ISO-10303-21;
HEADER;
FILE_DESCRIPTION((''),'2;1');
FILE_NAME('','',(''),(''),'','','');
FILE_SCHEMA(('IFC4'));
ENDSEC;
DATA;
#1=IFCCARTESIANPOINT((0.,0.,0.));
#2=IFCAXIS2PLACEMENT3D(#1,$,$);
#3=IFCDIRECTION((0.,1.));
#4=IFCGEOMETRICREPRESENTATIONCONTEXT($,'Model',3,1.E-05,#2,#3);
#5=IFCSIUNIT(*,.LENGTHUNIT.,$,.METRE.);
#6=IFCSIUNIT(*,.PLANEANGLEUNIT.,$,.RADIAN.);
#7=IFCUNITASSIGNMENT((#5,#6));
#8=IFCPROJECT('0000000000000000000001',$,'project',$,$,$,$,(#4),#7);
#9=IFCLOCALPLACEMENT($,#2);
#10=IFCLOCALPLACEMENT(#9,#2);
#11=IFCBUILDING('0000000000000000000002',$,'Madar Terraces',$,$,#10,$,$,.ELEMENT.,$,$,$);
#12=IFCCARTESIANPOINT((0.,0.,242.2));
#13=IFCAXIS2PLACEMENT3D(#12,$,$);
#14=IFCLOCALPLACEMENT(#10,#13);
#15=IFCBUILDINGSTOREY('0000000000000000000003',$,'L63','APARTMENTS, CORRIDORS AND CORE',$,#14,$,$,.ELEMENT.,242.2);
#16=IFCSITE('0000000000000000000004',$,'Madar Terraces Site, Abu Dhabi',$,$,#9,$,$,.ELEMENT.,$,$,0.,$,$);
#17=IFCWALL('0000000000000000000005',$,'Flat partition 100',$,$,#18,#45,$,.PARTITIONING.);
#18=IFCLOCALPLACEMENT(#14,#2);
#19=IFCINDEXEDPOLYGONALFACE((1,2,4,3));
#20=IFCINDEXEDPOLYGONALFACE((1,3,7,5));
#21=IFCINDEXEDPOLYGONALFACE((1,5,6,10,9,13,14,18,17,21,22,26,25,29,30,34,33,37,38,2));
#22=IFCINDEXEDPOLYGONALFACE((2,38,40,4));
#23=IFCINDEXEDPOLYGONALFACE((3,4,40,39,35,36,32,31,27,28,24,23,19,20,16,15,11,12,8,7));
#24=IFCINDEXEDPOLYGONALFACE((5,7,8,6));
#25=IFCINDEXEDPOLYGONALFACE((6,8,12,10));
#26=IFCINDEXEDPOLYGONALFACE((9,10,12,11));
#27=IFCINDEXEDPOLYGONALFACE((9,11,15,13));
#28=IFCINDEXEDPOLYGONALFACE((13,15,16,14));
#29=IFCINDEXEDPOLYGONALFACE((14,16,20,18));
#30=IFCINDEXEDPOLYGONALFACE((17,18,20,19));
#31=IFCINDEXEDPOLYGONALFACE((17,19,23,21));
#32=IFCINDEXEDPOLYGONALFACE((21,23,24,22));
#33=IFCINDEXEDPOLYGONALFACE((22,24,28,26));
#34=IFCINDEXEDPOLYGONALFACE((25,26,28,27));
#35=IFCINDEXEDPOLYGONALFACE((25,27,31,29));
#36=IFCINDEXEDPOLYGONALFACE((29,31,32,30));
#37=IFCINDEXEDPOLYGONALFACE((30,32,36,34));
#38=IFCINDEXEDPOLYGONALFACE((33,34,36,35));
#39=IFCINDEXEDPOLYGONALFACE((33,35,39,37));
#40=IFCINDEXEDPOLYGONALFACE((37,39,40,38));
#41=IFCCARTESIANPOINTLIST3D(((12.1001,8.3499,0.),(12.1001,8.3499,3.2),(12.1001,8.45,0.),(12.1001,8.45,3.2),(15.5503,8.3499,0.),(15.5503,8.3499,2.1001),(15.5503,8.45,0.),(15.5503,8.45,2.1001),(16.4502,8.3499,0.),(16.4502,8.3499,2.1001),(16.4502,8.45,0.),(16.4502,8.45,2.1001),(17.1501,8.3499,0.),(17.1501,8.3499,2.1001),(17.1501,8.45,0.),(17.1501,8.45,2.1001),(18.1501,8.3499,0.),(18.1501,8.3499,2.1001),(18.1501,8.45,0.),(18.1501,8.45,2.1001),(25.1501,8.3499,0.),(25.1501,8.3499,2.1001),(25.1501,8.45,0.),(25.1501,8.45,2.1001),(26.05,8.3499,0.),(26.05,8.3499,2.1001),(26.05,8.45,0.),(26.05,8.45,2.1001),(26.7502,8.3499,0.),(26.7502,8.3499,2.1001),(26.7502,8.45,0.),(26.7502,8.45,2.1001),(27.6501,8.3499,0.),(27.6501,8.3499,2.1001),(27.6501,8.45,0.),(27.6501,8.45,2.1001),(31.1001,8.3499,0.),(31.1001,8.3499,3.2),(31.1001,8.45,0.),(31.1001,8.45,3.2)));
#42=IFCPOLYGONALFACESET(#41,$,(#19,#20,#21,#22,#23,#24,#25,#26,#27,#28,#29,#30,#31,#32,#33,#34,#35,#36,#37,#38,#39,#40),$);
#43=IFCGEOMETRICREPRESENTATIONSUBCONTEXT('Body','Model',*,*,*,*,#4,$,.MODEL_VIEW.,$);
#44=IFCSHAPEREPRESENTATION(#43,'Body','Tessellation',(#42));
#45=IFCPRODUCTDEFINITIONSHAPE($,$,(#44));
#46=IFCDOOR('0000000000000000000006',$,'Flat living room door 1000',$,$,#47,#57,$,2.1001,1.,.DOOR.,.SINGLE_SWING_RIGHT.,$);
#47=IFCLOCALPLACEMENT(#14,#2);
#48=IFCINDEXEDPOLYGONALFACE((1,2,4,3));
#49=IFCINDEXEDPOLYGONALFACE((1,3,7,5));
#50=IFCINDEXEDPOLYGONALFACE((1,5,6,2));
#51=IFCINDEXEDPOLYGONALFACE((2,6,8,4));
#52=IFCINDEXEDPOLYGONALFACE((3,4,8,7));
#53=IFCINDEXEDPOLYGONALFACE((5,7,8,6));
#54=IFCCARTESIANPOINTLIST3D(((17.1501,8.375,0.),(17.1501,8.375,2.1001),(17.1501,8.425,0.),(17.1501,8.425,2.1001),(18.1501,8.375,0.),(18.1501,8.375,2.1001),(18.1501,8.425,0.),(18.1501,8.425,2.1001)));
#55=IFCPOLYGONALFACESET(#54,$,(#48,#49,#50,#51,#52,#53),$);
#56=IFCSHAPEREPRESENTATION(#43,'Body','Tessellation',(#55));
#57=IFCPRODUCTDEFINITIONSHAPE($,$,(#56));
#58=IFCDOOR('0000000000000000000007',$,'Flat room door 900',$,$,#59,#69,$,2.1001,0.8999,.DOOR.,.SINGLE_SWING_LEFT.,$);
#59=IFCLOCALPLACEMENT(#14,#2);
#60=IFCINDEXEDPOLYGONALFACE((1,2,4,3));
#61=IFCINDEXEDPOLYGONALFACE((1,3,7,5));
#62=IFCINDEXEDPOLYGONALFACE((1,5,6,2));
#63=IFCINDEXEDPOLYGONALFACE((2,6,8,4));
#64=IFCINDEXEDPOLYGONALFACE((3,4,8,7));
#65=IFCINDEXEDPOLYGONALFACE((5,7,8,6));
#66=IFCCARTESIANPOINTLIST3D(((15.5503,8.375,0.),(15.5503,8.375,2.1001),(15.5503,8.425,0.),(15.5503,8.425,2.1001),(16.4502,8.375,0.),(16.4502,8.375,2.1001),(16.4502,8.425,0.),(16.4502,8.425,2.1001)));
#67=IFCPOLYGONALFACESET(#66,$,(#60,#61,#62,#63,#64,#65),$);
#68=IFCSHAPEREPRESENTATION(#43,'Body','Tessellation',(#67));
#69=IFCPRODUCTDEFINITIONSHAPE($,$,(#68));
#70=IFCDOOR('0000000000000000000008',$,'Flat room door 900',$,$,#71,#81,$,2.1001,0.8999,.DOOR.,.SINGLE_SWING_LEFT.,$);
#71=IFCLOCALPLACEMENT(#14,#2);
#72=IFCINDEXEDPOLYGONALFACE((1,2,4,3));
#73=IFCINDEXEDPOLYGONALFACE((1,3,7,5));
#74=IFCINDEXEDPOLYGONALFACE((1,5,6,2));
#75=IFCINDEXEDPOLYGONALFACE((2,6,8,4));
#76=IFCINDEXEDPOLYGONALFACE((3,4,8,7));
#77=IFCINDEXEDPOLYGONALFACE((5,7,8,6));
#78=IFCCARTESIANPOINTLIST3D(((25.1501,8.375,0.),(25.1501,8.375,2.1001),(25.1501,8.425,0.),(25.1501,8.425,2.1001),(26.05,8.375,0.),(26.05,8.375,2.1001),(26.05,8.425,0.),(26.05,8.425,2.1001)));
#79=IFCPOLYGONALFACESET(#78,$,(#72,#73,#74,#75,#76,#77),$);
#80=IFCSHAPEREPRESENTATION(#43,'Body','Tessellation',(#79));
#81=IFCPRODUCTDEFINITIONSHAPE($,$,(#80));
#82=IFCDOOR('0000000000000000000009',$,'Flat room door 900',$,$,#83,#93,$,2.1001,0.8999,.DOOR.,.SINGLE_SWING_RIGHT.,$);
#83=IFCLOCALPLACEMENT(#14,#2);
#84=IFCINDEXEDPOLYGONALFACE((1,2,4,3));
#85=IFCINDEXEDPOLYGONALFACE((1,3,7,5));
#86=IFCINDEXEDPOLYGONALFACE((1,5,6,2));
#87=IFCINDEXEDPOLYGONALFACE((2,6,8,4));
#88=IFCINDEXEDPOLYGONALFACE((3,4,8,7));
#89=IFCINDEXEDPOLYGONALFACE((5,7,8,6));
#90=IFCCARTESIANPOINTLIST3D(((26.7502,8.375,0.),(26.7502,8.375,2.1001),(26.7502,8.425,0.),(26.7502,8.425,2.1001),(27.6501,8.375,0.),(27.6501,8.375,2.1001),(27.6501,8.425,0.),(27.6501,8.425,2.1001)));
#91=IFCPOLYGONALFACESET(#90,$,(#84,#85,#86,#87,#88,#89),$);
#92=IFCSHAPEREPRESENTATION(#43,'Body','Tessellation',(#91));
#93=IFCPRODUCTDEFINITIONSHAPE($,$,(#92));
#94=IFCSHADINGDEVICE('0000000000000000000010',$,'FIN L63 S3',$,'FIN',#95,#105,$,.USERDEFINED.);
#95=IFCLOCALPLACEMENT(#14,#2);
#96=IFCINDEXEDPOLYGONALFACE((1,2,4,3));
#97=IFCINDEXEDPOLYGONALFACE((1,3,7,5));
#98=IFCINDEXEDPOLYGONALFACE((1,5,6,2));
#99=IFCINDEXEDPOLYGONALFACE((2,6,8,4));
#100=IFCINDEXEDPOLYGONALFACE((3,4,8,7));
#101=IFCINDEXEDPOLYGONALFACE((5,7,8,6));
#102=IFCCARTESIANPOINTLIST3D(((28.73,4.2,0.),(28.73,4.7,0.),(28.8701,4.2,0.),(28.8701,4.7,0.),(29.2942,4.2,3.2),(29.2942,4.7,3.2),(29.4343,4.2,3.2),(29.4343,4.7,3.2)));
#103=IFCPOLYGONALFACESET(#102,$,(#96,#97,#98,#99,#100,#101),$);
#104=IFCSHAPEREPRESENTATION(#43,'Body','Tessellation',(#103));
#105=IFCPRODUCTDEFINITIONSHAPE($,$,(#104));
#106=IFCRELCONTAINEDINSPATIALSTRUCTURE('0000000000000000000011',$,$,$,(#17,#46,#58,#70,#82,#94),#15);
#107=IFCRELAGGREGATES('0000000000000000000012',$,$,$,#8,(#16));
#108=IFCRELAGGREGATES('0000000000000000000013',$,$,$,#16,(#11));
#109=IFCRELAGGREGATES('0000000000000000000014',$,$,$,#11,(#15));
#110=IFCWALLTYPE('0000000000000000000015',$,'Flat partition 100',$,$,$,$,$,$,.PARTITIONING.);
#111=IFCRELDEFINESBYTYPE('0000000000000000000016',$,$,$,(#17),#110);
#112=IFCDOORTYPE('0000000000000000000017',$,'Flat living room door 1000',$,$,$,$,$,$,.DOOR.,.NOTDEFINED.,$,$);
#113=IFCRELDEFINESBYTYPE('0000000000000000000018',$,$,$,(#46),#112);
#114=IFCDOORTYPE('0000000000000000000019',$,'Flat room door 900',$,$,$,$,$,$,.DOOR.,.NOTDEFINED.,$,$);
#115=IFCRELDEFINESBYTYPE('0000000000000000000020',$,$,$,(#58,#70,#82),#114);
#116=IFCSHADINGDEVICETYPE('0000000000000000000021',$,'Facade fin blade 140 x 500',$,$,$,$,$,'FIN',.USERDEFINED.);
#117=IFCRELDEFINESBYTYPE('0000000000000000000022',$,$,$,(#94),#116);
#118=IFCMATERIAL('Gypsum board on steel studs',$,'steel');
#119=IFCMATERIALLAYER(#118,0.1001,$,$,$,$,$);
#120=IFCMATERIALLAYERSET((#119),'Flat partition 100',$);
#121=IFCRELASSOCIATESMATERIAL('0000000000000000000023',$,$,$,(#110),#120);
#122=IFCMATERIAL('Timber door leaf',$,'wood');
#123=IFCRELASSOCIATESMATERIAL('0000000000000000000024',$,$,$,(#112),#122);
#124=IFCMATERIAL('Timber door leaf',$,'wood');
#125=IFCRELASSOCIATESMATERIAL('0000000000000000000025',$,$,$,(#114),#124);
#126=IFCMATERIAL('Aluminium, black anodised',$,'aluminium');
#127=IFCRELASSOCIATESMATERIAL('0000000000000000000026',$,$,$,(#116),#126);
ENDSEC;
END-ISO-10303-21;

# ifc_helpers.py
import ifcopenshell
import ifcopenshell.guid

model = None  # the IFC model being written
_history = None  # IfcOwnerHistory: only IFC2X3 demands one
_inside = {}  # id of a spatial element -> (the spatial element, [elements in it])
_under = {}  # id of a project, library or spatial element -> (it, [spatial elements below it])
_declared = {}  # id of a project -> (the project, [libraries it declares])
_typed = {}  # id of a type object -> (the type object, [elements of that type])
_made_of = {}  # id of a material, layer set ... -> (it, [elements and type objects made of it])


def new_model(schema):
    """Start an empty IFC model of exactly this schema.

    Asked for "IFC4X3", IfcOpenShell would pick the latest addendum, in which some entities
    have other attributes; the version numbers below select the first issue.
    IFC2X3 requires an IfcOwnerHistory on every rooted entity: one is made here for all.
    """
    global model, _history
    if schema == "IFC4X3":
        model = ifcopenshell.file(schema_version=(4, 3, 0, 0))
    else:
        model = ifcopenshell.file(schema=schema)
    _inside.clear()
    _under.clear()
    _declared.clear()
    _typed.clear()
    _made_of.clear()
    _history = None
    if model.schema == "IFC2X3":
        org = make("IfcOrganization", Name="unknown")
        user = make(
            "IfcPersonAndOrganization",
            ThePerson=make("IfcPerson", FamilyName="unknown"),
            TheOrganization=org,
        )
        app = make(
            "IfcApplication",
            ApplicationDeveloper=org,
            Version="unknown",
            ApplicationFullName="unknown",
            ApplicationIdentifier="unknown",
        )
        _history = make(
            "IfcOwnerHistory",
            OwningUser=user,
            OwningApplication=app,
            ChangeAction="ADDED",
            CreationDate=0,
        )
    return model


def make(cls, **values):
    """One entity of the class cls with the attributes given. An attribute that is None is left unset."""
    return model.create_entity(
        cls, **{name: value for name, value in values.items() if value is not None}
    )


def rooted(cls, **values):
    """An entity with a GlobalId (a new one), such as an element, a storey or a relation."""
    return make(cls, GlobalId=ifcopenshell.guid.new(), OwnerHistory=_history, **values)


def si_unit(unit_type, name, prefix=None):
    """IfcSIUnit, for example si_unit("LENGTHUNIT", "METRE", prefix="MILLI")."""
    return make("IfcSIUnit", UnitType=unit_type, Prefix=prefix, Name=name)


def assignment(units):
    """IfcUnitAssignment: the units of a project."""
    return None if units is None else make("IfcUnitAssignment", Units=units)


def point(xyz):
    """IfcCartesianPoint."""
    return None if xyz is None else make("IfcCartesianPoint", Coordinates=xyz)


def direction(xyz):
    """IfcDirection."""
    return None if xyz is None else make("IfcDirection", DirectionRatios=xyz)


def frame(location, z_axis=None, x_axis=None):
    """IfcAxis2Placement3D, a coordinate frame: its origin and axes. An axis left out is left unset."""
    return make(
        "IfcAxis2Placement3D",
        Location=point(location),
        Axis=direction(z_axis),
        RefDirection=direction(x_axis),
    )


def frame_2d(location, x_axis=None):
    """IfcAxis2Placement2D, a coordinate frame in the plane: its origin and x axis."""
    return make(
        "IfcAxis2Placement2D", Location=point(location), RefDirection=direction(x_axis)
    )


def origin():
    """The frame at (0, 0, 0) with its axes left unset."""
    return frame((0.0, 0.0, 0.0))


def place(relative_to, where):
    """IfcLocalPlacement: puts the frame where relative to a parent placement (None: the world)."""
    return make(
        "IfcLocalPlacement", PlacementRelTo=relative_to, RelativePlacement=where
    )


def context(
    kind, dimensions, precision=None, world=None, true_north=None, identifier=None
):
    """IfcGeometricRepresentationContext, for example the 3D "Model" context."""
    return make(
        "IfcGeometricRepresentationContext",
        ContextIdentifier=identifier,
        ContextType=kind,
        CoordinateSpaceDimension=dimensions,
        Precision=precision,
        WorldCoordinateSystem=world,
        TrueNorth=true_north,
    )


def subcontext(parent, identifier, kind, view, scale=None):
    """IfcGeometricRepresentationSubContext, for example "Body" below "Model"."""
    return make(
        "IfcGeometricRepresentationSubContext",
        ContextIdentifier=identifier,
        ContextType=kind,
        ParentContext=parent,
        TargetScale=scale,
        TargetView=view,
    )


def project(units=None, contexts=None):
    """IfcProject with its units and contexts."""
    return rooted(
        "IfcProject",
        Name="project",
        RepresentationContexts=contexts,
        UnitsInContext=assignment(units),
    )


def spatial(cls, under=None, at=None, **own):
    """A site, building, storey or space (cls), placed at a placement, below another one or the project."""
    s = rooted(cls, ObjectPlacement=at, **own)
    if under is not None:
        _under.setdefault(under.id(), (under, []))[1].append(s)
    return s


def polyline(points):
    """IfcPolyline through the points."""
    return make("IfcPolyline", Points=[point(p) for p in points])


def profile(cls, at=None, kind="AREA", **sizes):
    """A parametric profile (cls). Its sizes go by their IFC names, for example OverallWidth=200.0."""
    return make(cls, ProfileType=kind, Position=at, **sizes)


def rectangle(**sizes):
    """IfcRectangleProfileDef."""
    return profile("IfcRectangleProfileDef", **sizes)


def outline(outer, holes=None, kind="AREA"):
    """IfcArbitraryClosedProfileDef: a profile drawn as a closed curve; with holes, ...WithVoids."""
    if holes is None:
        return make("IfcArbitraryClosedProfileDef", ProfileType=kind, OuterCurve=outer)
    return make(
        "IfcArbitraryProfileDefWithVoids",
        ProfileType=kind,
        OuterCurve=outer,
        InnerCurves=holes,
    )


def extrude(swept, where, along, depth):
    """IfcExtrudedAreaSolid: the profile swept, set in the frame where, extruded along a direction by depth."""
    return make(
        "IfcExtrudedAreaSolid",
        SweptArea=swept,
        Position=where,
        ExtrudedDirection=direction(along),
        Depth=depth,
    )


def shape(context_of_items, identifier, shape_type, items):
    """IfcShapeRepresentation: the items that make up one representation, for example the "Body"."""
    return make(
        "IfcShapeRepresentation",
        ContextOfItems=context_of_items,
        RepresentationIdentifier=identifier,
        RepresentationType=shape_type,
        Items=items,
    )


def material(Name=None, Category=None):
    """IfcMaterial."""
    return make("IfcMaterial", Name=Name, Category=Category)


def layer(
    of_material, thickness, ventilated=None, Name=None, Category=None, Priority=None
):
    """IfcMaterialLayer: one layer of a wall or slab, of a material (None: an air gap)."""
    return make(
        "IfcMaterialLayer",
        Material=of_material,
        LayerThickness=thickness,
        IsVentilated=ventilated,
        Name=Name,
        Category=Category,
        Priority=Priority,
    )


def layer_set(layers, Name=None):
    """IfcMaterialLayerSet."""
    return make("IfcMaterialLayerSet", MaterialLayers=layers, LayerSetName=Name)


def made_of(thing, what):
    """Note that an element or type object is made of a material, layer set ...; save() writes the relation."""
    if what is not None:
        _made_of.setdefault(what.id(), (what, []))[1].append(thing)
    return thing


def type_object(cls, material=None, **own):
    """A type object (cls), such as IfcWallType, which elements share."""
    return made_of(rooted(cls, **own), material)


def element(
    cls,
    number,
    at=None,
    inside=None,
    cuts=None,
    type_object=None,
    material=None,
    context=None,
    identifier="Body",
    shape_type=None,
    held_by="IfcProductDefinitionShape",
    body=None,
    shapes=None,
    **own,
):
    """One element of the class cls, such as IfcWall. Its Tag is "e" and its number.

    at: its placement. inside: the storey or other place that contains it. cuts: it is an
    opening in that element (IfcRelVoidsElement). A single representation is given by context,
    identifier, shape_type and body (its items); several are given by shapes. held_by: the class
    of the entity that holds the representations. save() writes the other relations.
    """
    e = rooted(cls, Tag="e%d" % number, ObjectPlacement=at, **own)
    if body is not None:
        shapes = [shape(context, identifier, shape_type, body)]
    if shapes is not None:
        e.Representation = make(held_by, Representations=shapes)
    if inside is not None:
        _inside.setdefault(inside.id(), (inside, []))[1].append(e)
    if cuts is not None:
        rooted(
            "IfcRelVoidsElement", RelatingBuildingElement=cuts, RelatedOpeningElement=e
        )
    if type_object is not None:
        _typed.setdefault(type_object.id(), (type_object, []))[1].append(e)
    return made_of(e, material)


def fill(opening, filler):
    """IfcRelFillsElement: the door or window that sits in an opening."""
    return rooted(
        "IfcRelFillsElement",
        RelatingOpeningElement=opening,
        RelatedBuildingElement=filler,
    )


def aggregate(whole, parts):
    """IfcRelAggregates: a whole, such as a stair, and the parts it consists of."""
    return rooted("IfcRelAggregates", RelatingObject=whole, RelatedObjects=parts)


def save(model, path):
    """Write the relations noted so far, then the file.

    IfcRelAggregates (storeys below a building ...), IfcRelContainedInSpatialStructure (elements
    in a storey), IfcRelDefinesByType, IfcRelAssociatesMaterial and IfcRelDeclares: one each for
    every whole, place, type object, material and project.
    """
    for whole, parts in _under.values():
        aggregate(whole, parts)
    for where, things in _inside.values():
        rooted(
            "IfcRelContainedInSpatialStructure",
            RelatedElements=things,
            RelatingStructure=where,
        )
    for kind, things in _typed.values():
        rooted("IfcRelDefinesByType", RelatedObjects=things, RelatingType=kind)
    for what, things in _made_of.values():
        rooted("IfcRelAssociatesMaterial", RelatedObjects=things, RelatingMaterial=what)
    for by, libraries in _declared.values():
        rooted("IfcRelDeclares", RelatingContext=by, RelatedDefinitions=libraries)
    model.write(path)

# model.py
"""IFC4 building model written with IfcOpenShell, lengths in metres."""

from ifc_helpers import new_model, si_unit, direction, frame, frame_2d, origin, place, context, subcontext, project, spatial, polyline, rectangle, outline, extrude, material, layer, layer_set, type_object, element, fill, save


model = new_model("IFC4")

# Units and contexts
model_context = context("Model", 3, precision=1e-05, world=origin(), true_north=direction((0.0, 1.0)))
body_context = subcontext(model_context, "Body", "Model", "MODEL_VIEW")
ifc_project = project(units=[si_unit("LENGTHUNIT", "METRE"), si_unit("PLANEANGLEUNIT", "RADIAN")], contexts=[model_context])

# Site, building, storey
site_placement = place(None, origin())
site = spatial("IfcSite", under=ifc_project, at=site_placement, Name="Madar Terraces Site, Abu Dhabi", CompositionType="ELEMENT", RefElevation=0.0)
building_placement = place(site_placement, origin())
building = spatial("IfcBuilding", under=site, at=building_placement, Name="Madar Terraces", CompositionType="ELEMENT")
storey_placement = place(building_placement, frame((0.0, 0.0, 242.2)))
storey = spatial("IfcBuildingStorey", under=building, at=storey_placement, Name="L63", Description="APARTMENTS, CORRIDORS AND CORE", CompositionType="ELEMENT", Elevation=242.2)

# Shared definitions
ifc_material_1 = material(Name="Gypsum board on steel studs", Category="steel")
ifc_layer_1 = layer(ifc_material_1, 0.1001)
ifc_layer_set_1 = layer_set([ifc_layer_1], Name="Flat partition 100")
wall_type_1 = type_object("IfcWallType", Name="Flat partition 100", PredefinedType="PARTITIONING", material=ifc_layer_set_1)

# Wall, openings, doors
wall_1_placement = place(storey_placement, frame((31.1001, 8.3999, 0.0), z_axis=(0.0, 0.0, 1.0), x_axis=(-1.0, 0.0, 0.0)))
wall_1 = element("IfcWall", 1, at=wall_1_placement, inside=storey, type_object=wall_type_1, Name="Flat partition 100", PredefinedType="PARTITIONING", context=body_context, shape_type="SweptSolid", body=[
    extrude(rectangle(XDim=19.0, YDim=0.1001, at=frame_2d((9.5, 0.0))), origin(), (0.0, 0.0, 1.0), 3.2),
])
opening_1_placement = place(wall_1_placement, frame((14.6499, 0.0, 0.0)))
opening_1 = element("IfcOpeningElement", 2, at=opening_1_placement, cuts=wall_1, PredefinedType="OPENING", context=body_context, shape_type="SweptSolid", body=[
    extrude(rectangle(XDim=0.8999, YDim=2.1001, at=frame_2d((0.45, 1.05))), frame((0.0, 0.0601, 0.0), z_axis=(0.0, -1.0, 0.0), x_axis=(1.0, 0.0, 0.0)), (0.0, 0.0, 1.0), 0.1201),
])
opening_2_placement = place(wall_1_placement, frame((12.95, 0.0, 0.0)))
opening_2 = element("IfcOpeningElement", 3, at=opening_2_placement, cuts=wall_1, PredefinedType="OPENING", context=body_context, shape_type="SweptSolid", body=[
    extrude(rectangle(XDim=1.0, YDim=2.1001, at=frame_2d((0.5, 1.05))), frame((0.0, 0.0601, 0.0), z_axis=(0.0, -1.0, 0.0), x_axis=(1.0, 0.0, 0.0)), (0.0, 0.0, 1.0), 0.1201),
])
opening_3_placement = place(wall_1_placement, frame((5.05, 0.0, 0.0)))
opening_3 = element("IfcOpeningElement", 4, at=opening_3_placement, cuts=wall_1, PredefinedType="OPENING", context=body_context, shape_type="SweptSolid", body=[
    extrude(rectangle(XDim=0.8999, YDim=2.1001, at=frame_2d((0.45, 1.05))), frame((0.0, 0.0601, 0.0), z_axis=(0.0, -1.0, 0.0), x_axis=(1.0, 0.0, 0.0)), (0.0, 0.0, 1.0), 0.1201),
])
opening_4_placement = place(wall_1_placement, frame((3.45, 0.0, 0.0)))
opening_4 = element("IfcOpeningElement", 5, at=opening_4_placement, cuts=wall_1, PredefinedType="OPENING", context=body_context, shape_type="SweptSolid", body=[
    extrude(rectangle(XDim=0.8999, YDim=2.1001, at=frame_2d((0.45, 1.05))), frame((0.0, 0.0601, 0.0), z_axis=(0.0, -1.0, 0.0), x_axis=(1.0, 0.0, 0.0)), (0.0, 0.0, 1.0), 0.1201),
])
ifc_material_2 = material(Name="Timber door leaf", Category="wood")
door_type_1 = type_object("IfcDoorType", Name="Flat living room door 1000", OperationType="NOTDEFINED", PredefinedType="DOOR", material=ifc_material_2)
door_1_placement = place(opening_2_placement, origin())
door_1 = element("IfcDoor", 6, at=door_1_placement, inside=storey, type_object=door_type_1, Name="Flat living room door 1000", OperationType="SINGLE_SWING_RIGHT", OverallHeight=2.1001, OverallWidth=1.0, PredefinedType="DOOR", context=body_context, shape_type="SweptSolid", body=[
    extrude(rectangle(XDim=1.0, YDim=2.1001, at=frame_2d((0.5, 1.05))), frame((0.0, 0.0249, 0.0), z_axis=(0.0, -1.0, 0.0), x_axis=(1.0, 0.0, 0.0)), (0.0, 0.0, 1.0), 0.05),
])
fill(opening_2, door_1)
ifc_material_3 = material(Name="Timber door leaf", Category="wood")
door_type_2 = type_object("IfcDoorType", Name="Flat room door 900", OperationType="NOTDEFINED", PredefinedType="DOOR", material=ifc_material_3)
door_2_placement = place(opening_1_placement, origin())
door_2 = element("IfcDoor", 7, at=door_2_placement, inside=storey, type_object=door_type_2, Name="Flat room door 900", OperationType="SINGLE_SWING_LEFT", OverallHeight=2.1001, OverallWidth=0.8999, PredefinedType="DOOR", context=body_context, shape_type="SweptSolid", body=[
    extrude(rectangle(XDim=0.8999, YDim=2.1001, at=frame_2d((0.45, 1.05))), frame((0.0, 0.0249, 0.0), z_axis=(0.0, -1.0, 0.0), x_axis=(1.0, 0.0, 0.0)), (0.0, 0.0, 1.0), 0.05),
])
fill(opening_1, door_2)
door_3_placement = place(opening_3_placement, origin())
door_3 = element("IfcDoor", 8, at=door_3_placement, inside=storey, type_object=door_type_2, Name="Flat room door 900", OperationType="SINGLE_SWING_LEFT", OverallHeight=2.1001, OverallWidth=0.8999, PredefinedType="DOOR", context=body_context, shape_type="SweptSolid", body=[
    extrude(rectangle(XDim=0.8999, YDim=2.1001, at=frame_2d((0.45, 1.05))), frame((0.0, 0.0249, 0.0), z_axis=(0.0, -1.0, 0.0), x_axis=(1.0, 0.0, 0.0)), (0.0, 0.0, 1.0), 0.05),
])
fill(opening_3, door_3)
door_4_placement = place(opening_4_placement, origin())
door_4 = element("IfcDoor", 9, at=door_4_placement, inside=storey, type_object=door_type_2, Name="Flat room door 900", OperationType="SINGLE_SWING_RIGHT", OverallHeight=2.1001, OverallWidth=0.8999, PredefinedType="DOOR", context=body_context, shape_type="SweptSolid", body=[
    extrude(rectangle(XDim=0.8999, YDim=2.1001, at=frame_2d((0.45, 1.05))), frame((0.0, 0.0249, 0.0), z_axis=(0.0, -1.0, 0.0), x_axis=(1.0, 0.0, 0.0)), (0.0, 0.0, 1.0), 0.05),
])
fill(opening_4, door_4)

# Shading device
ifc_material_4 = material(Name="Aluminium, black anodised", Category="aluminium")
shading_device_type = type_object("IfcShadingDeviceType", Name="Facade fin blade 140 x 500", ElementType="FIN", PredefinedType="USERDEFINED", material=ifc_material_4)
shading_device_placement = place(storey_placement, frame((28.73, 4.45, 0.0), z_axis=(0.0, 0.0, 1.0), x_axis=(1.0, 0.0, 0.0)))
element("IfcShadingDevice", 10, at=shading_device_placement, inside=storey, type_object=shading_device_type, Name="FIN L63 S3", ObjectType="FIN", PredefinedType="USERDEFINED", context=body_context, shape_type="SweptSolid", body=[
    extrude(outline(polyline([(0.0, 0.0), (0.1401, 0.0), (0.7043, 3.2), (0.5642, 3.2), (0.0, 0.0)])), frame((0.0, 0.25, 0.0), z_axis=(0.0, -1.0, 0.0), x_axis=(1.0, 0.0, 0.0)), (0.0, 0.0, 1.0), 0.5),
])

save(model, "model.ifc")
